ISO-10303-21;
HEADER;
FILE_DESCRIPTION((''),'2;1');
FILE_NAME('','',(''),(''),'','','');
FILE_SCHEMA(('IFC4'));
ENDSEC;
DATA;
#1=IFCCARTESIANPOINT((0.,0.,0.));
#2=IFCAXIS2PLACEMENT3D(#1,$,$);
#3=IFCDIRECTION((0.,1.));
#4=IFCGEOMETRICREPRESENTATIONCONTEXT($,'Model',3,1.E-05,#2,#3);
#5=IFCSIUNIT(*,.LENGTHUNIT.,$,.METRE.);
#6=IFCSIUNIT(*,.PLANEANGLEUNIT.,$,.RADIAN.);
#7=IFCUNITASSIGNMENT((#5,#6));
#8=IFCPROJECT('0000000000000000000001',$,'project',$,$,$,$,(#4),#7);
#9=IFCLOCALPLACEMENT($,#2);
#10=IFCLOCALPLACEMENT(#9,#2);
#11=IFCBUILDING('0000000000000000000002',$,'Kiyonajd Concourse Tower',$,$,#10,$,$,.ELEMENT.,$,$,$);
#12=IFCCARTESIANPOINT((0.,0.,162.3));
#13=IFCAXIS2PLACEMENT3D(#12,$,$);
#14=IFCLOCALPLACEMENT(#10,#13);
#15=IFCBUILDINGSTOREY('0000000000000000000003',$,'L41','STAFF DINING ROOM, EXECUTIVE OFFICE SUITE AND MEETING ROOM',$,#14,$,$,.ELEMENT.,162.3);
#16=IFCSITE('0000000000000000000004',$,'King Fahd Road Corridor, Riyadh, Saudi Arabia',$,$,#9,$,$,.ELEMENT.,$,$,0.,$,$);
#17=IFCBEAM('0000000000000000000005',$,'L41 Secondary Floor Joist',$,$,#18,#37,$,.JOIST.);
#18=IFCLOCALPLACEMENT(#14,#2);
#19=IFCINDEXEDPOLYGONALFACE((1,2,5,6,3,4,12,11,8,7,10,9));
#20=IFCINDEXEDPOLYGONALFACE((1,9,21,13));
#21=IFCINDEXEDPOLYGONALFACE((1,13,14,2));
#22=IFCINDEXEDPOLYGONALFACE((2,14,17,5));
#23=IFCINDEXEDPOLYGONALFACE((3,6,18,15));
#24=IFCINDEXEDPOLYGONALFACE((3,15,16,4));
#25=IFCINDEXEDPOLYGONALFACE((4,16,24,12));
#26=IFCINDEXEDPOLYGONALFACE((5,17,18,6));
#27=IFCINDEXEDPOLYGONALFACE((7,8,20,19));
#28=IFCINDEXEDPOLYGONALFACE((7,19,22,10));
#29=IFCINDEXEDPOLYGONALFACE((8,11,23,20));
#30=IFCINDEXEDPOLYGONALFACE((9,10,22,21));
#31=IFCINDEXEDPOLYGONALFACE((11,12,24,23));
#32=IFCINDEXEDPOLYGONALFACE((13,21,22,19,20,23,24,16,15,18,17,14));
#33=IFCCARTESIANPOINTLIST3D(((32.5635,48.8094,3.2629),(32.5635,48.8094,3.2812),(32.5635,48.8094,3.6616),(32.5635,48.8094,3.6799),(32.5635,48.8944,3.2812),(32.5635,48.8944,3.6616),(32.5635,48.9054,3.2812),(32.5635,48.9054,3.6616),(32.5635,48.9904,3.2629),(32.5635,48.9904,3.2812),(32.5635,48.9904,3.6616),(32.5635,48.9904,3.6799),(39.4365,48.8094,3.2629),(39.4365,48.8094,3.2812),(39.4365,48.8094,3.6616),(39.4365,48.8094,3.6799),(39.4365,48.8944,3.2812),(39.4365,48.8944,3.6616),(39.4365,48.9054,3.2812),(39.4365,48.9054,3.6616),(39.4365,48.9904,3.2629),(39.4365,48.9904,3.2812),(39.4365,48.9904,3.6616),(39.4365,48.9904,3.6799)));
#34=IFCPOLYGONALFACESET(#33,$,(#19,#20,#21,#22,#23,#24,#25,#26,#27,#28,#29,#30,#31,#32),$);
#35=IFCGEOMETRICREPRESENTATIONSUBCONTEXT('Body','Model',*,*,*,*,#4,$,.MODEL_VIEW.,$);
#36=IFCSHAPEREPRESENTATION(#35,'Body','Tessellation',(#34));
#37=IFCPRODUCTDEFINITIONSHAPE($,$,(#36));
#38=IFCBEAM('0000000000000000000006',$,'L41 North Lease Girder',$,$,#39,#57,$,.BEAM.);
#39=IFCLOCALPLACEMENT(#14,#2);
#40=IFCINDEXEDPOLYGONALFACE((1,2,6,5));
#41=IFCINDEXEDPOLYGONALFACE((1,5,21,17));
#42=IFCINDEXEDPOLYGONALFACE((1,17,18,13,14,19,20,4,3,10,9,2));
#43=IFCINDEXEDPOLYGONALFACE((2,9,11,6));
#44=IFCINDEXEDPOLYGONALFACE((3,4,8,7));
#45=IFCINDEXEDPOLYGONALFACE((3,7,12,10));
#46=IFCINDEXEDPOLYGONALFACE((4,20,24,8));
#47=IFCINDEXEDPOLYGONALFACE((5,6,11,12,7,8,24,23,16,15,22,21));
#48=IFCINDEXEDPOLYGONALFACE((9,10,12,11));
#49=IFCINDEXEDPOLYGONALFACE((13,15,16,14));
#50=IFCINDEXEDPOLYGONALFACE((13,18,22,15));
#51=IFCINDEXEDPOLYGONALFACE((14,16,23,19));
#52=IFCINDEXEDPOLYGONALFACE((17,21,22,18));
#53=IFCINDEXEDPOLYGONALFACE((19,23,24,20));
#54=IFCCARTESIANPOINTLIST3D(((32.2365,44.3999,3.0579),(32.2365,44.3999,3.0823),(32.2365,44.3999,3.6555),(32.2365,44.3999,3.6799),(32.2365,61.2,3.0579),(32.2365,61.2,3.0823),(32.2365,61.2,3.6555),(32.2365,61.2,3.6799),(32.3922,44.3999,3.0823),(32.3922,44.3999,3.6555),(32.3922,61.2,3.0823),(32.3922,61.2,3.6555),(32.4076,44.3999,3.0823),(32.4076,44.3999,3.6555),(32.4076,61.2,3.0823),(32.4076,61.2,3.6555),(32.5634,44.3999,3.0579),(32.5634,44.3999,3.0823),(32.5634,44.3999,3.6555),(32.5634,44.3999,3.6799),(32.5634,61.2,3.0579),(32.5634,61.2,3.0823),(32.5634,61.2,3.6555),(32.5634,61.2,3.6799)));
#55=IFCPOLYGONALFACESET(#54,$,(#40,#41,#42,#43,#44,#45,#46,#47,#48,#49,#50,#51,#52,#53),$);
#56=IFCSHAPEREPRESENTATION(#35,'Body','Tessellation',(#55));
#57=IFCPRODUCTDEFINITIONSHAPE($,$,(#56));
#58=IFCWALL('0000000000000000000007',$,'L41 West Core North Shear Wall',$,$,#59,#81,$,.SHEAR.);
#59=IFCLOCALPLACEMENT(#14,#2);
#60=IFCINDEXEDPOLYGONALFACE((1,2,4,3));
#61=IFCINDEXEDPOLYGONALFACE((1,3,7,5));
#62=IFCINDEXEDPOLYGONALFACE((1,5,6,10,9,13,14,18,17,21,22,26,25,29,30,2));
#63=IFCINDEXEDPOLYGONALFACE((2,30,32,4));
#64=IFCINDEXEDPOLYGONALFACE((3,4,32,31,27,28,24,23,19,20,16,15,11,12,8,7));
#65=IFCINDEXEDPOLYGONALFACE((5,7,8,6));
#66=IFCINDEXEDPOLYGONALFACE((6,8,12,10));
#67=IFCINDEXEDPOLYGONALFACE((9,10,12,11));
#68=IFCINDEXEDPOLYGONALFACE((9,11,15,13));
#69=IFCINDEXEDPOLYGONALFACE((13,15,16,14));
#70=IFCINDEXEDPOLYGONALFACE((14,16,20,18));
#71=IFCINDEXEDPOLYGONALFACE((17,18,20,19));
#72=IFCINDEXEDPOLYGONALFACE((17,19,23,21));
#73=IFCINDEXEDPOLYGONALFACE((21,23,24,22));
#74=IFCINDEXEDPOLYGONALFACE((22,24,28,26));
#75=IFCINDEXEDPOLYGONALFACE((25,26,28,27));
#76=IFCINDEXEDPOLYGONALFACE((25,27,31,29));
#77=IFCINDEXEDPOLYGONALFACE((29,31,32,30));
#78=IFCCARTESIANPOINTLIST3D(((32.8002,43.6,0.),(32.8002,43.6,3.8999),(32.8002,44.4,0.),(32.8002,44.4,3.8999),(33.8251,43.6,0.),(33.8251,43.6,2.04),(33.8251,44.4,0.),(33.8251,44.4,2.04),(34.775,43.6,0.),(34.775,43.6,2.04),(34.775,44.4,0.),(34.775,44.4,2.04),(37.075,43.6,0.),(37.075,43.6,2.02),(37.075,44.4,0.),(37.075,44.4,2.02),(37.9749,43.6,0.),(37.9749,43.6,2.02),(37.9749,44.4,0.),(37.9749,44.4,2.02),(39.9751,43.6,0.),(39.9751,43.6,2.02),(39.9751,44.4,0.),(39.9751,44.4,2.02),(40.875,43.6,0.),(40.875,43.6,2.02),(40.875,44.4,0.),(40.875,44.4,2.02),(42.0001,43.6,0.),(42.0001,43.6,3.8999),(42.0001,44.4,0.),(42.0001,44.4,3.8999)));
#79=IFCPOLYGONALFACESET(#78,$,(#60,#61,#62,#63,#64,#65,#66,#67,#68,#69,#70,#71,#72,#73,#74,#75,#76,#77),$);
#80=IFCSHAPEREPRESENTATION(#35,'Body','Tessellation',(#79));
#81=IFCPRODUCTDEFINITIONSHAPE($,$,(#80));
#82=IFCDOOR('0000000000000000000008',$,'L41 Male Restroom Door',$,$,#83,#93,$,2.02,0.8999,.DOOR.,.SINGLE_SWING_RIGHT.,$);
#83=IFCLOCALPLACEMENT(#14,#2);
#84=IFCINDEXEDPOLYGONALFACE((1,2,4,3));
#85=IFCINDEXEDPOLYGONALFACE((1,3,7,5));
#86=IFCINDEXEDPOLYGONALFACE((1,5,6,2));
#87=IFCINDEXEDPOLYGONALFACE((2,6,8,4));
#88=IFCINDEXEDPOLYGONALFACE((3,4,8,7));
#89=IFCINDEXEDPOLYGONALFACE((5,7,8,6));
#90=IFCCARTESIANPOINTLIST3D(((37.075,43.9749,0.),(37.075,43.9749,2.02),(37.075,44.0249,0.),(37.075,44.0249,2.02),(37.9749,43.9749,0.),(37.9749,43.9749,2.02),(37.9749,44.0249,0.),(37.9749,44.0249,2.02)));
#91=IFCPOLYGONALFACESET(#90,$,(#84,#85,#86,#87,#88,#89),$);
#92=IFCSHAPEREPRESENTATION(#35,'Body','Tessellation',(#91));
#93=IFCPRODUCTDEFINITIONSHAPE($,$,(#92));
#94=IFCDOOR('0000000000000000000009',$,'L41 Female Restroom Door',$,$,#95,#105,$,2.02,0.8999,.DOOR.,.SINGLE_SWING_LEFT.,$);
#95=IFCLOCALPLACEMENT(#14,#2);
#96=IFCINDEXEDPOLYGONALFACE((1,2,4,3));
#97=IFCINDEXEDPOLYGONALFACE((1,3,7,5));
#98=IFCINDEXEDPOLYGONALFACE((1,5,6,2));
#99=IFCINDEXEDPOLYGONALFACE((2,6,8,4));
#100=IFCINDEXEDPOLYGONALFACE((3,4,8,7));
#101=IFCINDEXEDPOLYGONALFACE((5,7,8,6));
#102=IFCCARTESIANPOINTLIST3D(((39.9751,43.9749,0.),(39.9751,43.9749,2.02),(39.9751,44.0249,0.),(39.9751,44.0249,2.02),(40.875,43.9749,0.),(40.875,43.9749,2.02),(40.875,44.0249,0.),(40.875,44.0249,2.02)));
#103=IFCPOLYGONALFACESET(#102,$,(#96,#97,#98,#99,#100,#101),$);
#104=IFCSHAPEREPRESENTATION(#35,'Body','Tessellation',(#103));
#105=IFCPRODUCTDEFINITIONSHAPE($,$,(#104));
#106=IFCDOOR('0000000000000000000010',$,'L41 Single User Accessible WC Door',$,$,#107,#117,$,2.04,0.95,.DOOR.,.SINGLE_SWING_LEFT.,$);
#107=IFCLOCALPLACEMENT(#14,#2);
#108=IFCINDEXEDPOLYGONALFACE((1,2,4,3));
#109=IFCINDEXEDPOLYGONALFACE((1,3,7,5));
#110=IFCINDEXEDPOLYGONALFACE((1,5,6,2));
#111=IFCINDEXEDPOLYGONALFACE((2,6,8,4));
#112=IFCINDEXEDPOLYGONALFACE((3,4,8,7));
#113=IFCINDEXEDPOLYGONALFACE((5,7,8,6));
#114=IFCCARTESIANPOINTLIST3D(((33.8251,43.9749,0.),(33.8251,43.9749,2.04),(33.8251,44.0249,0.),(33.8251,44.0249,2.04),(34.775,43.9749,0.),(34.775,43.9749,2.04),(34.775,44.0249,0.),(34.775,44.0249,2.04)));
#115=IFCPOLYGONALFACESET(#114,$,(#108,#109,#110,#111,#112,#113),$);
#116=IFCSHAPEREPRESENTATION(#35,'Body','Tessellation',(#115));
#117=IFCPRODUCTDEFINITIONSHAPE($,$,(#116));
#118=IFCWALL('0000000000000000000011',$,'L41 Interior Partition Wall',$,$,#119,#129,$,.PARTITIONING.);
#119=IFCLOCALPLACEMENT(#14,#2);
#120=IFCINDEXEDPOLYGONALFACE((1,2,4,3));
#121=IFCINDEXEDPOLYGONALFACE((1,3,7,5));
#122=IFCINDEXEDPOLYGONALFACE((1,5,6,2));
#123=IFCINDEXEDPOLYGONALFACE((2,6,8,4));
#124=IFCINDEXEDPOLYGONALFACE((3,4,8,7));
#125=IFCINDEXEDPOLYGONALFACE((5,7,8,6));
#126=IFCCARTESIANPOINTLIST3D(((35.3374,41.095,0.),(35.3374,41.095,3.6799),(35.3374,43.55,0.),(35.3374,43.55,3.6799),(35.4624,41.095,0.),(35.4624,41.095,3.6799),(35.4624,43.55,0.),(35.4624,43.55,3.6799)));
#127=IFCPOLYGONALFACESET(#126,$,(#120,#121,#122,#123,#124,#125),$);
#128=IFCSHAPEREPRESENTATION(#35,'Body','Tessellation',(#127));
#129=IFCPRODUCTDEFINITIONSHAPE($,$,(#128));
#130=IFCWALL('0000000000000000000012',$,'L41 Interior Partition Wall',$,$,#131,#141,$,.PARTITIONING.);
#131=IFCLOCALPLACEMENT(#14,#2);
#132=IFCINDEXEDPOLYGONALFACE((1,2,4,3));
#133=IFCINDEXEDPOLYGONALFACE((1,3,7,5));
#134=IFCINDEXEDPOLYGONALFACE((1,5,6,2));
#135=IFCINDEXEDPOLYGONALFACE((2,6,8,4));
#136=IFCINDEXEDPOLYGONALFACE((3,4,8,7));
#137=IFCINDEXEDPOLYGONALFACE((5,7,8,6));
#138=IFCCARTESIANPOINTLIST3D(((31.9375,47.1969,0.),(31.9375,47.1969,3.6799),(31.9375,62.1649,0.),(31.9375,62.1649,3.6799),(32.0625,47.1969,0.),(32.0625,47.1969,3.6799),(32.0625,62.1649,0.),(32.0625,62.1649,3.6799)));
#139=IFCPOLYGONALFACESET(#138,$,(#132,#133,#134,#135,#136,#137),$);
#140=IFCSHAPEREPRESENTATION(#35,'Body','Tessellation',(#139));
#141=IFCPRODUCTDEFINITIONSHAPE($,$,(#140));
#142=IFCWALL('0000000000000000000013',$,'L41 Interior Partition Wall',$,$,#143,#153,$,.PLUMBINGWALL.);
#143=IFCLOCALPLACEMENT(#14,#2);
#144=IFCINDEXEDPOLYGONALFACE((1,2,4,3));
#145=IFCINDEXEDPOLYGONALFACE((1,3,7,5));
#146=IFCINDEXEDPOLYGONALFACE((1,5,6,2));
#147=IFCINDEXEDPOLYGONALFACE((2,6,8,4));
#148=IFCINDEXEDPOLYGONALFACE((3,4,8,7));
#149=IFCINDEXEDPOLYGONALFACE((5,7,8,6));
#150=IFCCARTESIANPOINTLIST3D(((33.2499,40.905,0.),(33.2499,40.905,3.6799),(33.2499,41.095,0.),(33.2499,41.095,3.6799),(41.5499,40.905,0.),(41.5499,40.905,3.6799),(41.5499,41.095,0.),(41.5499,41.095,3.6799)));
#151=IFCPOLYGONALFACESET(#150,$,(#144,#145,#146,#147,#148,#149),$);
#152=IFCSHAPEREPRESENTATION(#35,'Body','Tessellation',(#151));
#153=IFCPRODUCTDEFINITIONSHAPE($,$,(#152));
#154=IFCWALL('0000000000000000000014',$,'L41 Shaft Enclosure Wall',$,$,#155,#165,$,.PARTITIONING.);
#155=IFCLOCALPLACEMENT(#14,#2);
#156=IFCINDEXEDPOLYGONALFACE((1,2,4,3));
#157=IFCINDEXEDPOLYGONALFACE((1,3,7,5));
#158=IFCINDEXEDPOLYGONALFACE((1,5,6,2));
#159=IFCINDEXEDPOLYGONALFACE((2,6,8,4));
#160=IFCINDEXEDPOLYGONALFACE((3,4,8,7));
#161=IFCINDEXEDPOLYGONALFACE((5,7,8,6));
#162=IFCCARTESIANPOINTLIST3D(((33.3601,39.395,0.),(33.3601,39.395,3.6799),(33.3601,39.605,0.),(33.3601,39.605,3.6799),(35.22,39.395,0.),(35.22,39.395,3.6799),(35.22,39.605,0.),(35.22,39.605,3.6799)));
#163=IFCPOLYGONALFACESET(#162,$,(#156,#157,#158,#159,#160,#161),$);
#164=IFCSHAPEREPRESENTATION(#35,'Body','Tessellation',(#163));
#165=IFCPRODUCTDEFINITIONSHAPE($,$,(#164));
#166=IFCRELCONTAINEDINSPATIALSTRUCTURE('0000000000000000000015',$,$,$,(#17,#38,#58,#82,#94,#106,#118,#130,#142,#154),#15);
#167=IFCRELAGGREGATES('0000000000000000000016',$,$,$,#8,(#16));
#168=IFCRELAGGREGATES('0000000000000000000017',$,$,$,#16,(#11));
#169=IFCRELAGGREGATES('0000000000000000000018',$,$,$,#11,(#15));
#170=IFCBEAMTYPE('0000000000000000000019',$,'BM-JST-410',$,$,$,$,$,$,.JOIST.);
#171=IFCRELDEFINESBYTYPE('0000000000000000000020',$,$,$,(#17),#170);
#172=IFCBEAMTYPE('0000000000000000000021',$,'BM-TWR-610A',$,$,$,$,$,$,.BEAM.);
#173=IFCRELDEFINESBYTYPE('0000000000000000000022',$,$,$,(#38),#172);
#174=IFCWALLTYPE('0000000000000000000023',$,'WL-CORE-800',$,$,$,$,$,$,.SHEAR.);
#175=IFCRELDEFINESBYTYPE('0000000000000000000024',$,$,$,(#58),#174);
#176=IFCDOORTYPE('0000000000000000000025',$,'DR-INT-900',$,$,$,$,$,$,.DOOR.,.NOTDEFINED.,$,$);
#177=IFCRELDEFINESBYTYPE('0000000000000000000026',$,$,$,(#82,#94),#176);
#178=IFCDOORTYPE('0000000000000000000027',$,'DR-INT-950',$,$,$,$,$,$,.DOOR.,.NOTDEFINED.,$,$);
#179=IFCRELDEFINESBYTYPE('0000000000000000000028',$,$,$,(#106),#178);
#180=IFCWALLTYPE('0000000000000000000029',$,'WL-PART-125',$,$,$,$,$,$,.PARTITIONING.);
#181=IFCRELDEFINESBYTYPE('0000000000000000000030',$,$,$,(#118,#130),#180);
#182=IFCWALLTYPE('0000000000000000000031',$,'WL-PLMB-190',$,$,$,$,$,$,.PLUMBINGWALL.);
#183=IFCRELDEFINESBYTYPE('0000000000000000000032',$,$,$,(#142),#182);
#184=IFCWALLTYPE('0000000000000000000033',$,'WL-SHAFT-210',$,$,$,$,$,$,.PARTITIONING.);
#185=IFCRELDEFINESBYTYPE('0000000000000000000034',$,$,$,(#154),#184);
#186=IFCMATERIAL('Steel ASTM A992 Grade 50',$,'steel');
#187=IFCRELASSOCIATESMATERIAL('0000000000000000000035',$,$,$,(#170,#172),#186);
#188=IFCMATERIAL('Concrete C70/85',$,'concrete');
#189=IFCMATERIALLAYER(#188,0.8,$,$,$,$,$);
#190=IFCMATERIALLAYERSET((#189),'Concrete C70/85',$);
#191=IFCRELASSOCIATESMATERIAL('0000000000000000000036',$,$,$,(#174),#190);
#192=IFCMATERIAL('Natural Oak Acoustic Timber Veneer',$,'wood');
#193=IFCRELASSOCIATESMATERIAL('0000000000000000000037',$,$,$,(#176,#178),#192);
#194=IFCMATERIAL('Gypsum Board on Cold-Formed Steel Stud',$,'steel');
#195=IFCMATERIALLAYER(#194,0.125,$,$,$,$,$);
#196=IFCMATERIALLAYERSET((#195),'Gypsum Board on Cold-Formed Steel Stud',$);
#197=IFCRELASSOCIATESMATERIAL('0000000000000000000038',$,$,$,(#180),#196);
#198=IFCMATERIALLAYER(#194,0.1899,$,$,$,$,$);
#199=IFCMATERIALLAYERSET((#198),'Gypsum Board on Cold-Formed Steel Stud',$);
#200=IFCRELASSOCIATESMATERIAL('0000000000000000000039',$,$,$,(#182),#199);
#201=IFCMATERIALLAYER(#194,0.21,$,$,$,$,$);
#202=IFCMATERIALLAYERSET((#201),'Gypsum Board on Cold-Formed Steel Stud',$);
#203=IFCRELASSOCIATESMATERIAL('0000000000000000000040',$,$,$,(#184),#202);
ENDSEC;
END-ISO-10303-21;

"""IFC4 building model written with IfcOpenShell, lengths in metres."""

from ifc_helpers import new_model, si_unit, direction, frame, frame_2d, origin, origin_2d, place, context, subcontext, project, spatial, rectangle, i_section, extrude, material, layer, layer_set, material_profile, profile_set, type_object, element, fill, save


model = new_model("IFC4")

# Units and contexts
model_context = context("Model", 3, precision=1e-05, world=origin(), true_north=direction((0.0, 1.0)))
body_context = subcontext(model_context, "Body", "Model", "MODEL_VIEW")
ifc_project = project(units=[si_unit("LENGTHUNIT", "METRE"), si_unit("PLANEANGLEUNIT", "RADIAN")], contexts=[model_context])

# Site, building, storey
site_placement = place(None, origin())
site = spatial("IfcSite", under=ifc_project, at=site_placement, Name="King Fahd Road Corridor, Riyadh, Saudi Arabia", CompositionType="ELEMENT", RefElevation=0.0)
building_placement = place(site_placement, origin())
building = spatial("IfcBuilding", under=site, at=building_placement, Name="Kiyonajd Concourse Tower", CompositionType="ELEMENT")
storey_placement = place(building_placement, frame((0.0, 0.0, 162.3)))
storey = spatial("IfcBuildingStorey", under=building, at=storey_placement, Name="L41", Description="STAFF DINING ROOM, EXECUTIVE OFFICE SUITE AND MEETING ROOM", CompositionType="ELEMENT", Elevation=162.3)

# Beams
ifc_material_1 = material(Name="Steel ASTM A992 Grade 50", Category="steel")
ifc_material_profile_1 = material_profile(ifc_material_1, i_section(OverallWidth=0.1809, OverallDepth=0.417, WebThickness=0.011, FlangeThickness=0.0183, at=origin_2d()), Name="W410X85")
ifc_profile_set_1 = profile_set([ifc_material_profile_1], Name="Steel ASTM A992 Grade 50")
beam_type_1 = type_object("IfcBeamType", Name="BM-JST-410", PredefinedType="JOIST", material=ifc_profile_set_1)
beam_1_placement = place(storey_placement, frame((32.5635, 48.8999, 3.4714), z_axis=(1.0, 0.0, 0.0), x_axis=(0.0, 1.0, 0.0)))
element("IfcBeam", 1, at=beam_1_placement, inside=storey, type_object=beam_type_1, Name="L41 Secondary Floor Joist", PredefinedType="JOIST", context=body_context, shape_type="SweptSolid", body=[
    extrude(i_section(OverallWidth=0.1809, OverallDepth=0.417, WebThickness=0.011, FlangeThickness=0.0183, at=origin_2d()), origin(), (0.0, 0.0, 1.0), 6.873),
])
ifc_material_profile_2 = material_profile(ifc_material_1, i_section(OverallWidth=0.3269, OverallDepth=0.6221, WebThickness=0.0154, FlangeThickness=0.0244, at=origin_2d()), Name="W610X195")
ifc_profile_set_2 = profile_set([ifc_material_profile_2], Name="Steel ASTM A992 Grade 50")
beam_type_2 = type_object("IfcBeamType", Name="BM-TWR-610A", PredefinedType="BEAM", material=ifc_profile_set_2)
beam_2_placement = place(storey_placement, frame((32.3999, 44.3999, 3.3689), z_axis=(0.0, 1.0, 0.0), x_axis=(-1.0, 0.0, 0.0)))
element("IfcBeam", 2, at=beam_2_placement, inside=storey, type_object=beam_type_2, Name="L41 North Lease Girder", PredefinedType="BEAM", context=body_context, shape_type="SweptSolid", body=[
    extrude(i_section(OverallWidth=0.3269, OverallDepth=0.6221, WebThickness=0.0154, FlangeThickness=0.0244, at=origin_2d()), origin(), (0.0, 0.0, 1.0), 16.8),
])

# Wall, openings, doors
ifc_material_2 = material(Name="Concrete C70/85", Category="concrete")
ifc_layer_1 = layer(ifc_material_2, 0.8)
ifc_layer_set_1 = layer_set([ifc_layer_1], Name="Concrete C70/85")
wall_type_1 = type_object("IfcWallType", Name="WL-CORE-800", PredefinedType="SHEAR", material=ifc_layer_set_1)
wall_1_placement = place(storey_placement, frame((32.8, 44.0, 0.0), z_axis=(0.0, 0.0, 1.0), x_axis=(1.0, 0.0, 0.0)))
wall_1 = element("IfcWall", 3, at=wall_1_placement, inside=storey, type_object=wall_type_1, Name="L41 West Core North Shear Wall", PredefinedType="SHEAR", context=body_context, shape_type="SweptSolid", body=[
    extrude(rectangle(XDim=9.2, YDim=0.8, at=frame_2d((4.6001, 0.0))), origin(), (0.0, 0.0, 1.0), 3.8999),
])
opening_1_placement = place(wall_1_placement, frame((1.0249, 0.0, 0.0)))
opening_1 = element("IfcOpeningElement", 4, at=opening_1_placement, cuts=wall_1, PredefinedType="OPENING", context=body_context, shape_type="SweptSolid", body=[
    extrude(rectangle(XDim=0.95, YDim=2.04, at=frame_2d((0.4751, 1.02))), frame((0.0, 0.4099, 0.0), z_axis=(0.0, -1.0, 0.0), x_axis=(1.0, 0.0, 0.0)), (0.0, 0.0, 1.0), 0.8201),
])
opening_2_placement = place(wall_1_placement, frame((4.2749, 0.0, 0.0)))
opening_2 = element("IfcOpeningElement", 5, at=opening_2_placement, cuts=wall_1, PredefinedType="OPENING", context=body_context, shape_type="SweptSolid", body=[
    extrude(rectangle(XDim=0.8999, YDim=2.02, at=frame_2d((0.45, 1.01))), frame((0.0, 0.4099, 0.0), z_axis=(0.0, -1.0, 0.0), x_axis=(1.0, 0.0, 0.0)), (0.0, 0.0, 1.0), 0.8201),
])
opening_3_placement = place(wall_1_placement, frame((7.175, 0.0, 0.0)))
opening_3 = element("IfcOpeningElement", 6, at=opening_3_placement, cuts=wall_1, PredefinedType="OPENING", context=body_context, shape_type="SweptSolid", body=[
    extrude(rectangle(XDim=0.8999, YDim=2.02, at=frame_2d((0.45, 1.01))), frame((0.0, 0.4099, 0.0), z_axis=(0.0, -1.0, 0.0), x_axis=(1.0, 0.0, 0.0)), (0.0, 0.0, 1.0), 0.8201),
])
ifc_material_3 = material(Name="Natural Oak Acoustic Timber Veneer", Category="wood")
door_type_1 = type_object("IfcDoorType", Name="DR-INT-900", OperationType="NOTDEFINED", PredefinedType="DOOR", material=ifc_material_3)
door_1_placement = place(opening_2_placement, origin())
door_1 = element("IfcDoor", 7, at=door_1_placement, inside=storey, type_object=door_type_1, Name="L41 Male Restroom Door", OperationType="SINGLE_SWING_RIGHT", OverallHeight=2.02, OverallWidth=0.8999, PredefinedType="DOOR", context=body_context, shape_type="SweptSolid", body=[
    extrude(rectangle(XDim=0.8999, YDim=2.02, at=frame_2d((0.45, 1.01))), frame((0.0, 0.0249, 0.0), z_axis=(0.0, -1.0, 0.0), x_axis=(1.0, 0.0, 0.0)), (0.0, 0.0, 1.0), 0.05),
])
fill(opening_2, door_1)
door_2_placement = place(opening_3_placement, origin())
door_2 = element("IfcDoor", 8, at=door_2_placement, inside=storey, type_object=door_type_1, Name="L41 Female Restroom Door", OperationType="SINGLE_SWING_LEFT", OverallHeight=2.02, OverallWidth=0.8999, PredefinedType="DOOR", context=body_context, shape_type="SweptSolid", body=[
    extrude(rectangle(XDim=0.8999, YDim=2.02, at=frame_2d((0.45, 1.01))), frame((0.0, 0.0249, 0.0), z_axis=(0.0, -1.0, 0.0), x_axis=(1.0, 0.0, 0.0)), (0.0, 0.0, 1.0), 0.05),
])
fill(opening_3, door_2)
door_type_2 = type_object("IfcDoorType", Name="DR-INT-950", OperationType="NOTDEFINED", PredefinedType="DOOR", material=ifc_material_3)
door_3_placement = place(opening_1_placement, origin())
door_3 = element("IfcDoor", 9, at=door_3_placement, inside=storey, type_object=door_type_2, Name="L41 Single User Accessible WC Door", OperationType="SINGLE_SWING_LEFT", OverallHeight=2.04, OverallWidth=0.95, PredefinedType="DOOR", context=body_context, shape_type="SweptSolid", body=[
    extrude(rectangle(XDim=0.95, YDim=2.04, at=frame_2d((0.4751, 1.02))), frame((0.0, 0.0249, 0.0), z_axis=(0.0, -1.0, 0.0), x_axis=(1.0, 0.0, 0.0)), (0.0, 0.0, 1.0), 0.05),
])
fill(opening_1, door_3)

# Walls
ifc_material_4 = material(Name="Gypsum Board on Cold-Formed Steel Stud", Category="steel")
ifc_layer_2 = layer(ifc_material_4, 0.125)
ifc_layer_set_2 = layer_set([ifc_layer_2], Name="Gypsum Board on Cold-Formed Steel Stud")
wall_type_2 = type_object("IfcWallType", Name="WL-PART-125", PredefinedType="PARTITIONING", material=ifc_layer_set_2)
wall_2_placement = place(storey_placement, frame((35.3999, 41.095, 0.0), z_axis=(0.0, 0.0, 1.0), x_axis=(0.0, 1.0, 0.0)))
element("IfcWall", 10, at=wall_2_placement, inside=storey, type_object=wall_type_2, Name="L41 Interior Partition Wall", PredefinedType="PARTITIONING", context=body_context, shape_type="SweptSolid", body=[
    extrude(rectangle(XDim=2.4551, YDim=0.125, at=frame_2d((1.2275, 0.0))), origin(), (0.0, 0.0, 1.0), 3.6799),
])
wall_3_placement = place(storey_placement, frame((32.0, 47.197, 0.0), z_axis=(0.0, 0.0, 1.0), x_axis=(0.0, 1.0, 0.0)))
element("IfcWall", 11, at=wall_3_placement, inside=storey, type_object=wall_type_2, Name="L41 Interior Partition Wall", PredefinedType="PARTITIONING", context=body_context, shape_type="SweptSolid", body=[
    extrude(rectangle(XDim=14.968, YDim=0.125, at=frame_2d((7.4839, 0.0))), origin(), (0.0, 0.0, 1.0), 3.6799),
])
ifc_layer_3 = layer(ifc_material_4, 0.1899)
ifc_layer_set_3 = layer_set([ifc_layer_3], Name="Gypsum Board on Cold-Formed Steel Stud")
wall_type_3 = type_object("IfcWallType", Name="WL-PLMB-190", PredefinedType="PLUMBINGWALL", material=ifc_layer_set_3)
wall_4_placement = place(storey_placement, frame((33.25, 41.0, 0.0), z_axis=(0.0, 0.0, 1.0), x_axis=(1.0, 0.0, 0.0)))
element("IfcWall", 12, at=wall_4_placement, inside=storey, type_object=wall_type_3, Name="L41 Interior Partition Wall", PredefinedType="PLUMBINGWALL", context=body_context, shape_type="SweptSolid", body=[
    extrude(rectangle(XDim=8.3, YDim=0.1899, at=frame_2d((4.1499, 0.0))), origin(), (0.0, 0.0, 1.0), 3.6799),
])
ifc_layer_4 = layer(ifc_material_4, 0.21)
ifc_layer_set_4 = layer_set([ifc_layer_4], Name="Gypsum Board on Cold-Formed Steel Stud")
wall_type_4 = type_object("IfcWallType", Name="WL-SHAFT-210", PredefinedType="PARTITIONING", material=ifc_layer_set_4)
wall_5_placement = place(storey_placement, frame((33.3601, 39.5, 0.0), z_axis=(0.0, 0.0, 1.0), x_axis=(1.0, 0.0, 0.0)))
element("IfcWall", 13, at=wall_5_placement, inside=storey, type_object=wall_type_4, Name="L41 Shaft Enclosure Wall", PredefinedType="PARTITIONING", context=body_context, shape_type="SweptSolid", body=[
    extrude(rectangle(XDim=1.8599, YDim=0.21, at=frame_2d((0.9299, 0.0))), origin(), (0.0, 0.0, 1.0), 3.6799),
])

save(model, "model.ifc")
